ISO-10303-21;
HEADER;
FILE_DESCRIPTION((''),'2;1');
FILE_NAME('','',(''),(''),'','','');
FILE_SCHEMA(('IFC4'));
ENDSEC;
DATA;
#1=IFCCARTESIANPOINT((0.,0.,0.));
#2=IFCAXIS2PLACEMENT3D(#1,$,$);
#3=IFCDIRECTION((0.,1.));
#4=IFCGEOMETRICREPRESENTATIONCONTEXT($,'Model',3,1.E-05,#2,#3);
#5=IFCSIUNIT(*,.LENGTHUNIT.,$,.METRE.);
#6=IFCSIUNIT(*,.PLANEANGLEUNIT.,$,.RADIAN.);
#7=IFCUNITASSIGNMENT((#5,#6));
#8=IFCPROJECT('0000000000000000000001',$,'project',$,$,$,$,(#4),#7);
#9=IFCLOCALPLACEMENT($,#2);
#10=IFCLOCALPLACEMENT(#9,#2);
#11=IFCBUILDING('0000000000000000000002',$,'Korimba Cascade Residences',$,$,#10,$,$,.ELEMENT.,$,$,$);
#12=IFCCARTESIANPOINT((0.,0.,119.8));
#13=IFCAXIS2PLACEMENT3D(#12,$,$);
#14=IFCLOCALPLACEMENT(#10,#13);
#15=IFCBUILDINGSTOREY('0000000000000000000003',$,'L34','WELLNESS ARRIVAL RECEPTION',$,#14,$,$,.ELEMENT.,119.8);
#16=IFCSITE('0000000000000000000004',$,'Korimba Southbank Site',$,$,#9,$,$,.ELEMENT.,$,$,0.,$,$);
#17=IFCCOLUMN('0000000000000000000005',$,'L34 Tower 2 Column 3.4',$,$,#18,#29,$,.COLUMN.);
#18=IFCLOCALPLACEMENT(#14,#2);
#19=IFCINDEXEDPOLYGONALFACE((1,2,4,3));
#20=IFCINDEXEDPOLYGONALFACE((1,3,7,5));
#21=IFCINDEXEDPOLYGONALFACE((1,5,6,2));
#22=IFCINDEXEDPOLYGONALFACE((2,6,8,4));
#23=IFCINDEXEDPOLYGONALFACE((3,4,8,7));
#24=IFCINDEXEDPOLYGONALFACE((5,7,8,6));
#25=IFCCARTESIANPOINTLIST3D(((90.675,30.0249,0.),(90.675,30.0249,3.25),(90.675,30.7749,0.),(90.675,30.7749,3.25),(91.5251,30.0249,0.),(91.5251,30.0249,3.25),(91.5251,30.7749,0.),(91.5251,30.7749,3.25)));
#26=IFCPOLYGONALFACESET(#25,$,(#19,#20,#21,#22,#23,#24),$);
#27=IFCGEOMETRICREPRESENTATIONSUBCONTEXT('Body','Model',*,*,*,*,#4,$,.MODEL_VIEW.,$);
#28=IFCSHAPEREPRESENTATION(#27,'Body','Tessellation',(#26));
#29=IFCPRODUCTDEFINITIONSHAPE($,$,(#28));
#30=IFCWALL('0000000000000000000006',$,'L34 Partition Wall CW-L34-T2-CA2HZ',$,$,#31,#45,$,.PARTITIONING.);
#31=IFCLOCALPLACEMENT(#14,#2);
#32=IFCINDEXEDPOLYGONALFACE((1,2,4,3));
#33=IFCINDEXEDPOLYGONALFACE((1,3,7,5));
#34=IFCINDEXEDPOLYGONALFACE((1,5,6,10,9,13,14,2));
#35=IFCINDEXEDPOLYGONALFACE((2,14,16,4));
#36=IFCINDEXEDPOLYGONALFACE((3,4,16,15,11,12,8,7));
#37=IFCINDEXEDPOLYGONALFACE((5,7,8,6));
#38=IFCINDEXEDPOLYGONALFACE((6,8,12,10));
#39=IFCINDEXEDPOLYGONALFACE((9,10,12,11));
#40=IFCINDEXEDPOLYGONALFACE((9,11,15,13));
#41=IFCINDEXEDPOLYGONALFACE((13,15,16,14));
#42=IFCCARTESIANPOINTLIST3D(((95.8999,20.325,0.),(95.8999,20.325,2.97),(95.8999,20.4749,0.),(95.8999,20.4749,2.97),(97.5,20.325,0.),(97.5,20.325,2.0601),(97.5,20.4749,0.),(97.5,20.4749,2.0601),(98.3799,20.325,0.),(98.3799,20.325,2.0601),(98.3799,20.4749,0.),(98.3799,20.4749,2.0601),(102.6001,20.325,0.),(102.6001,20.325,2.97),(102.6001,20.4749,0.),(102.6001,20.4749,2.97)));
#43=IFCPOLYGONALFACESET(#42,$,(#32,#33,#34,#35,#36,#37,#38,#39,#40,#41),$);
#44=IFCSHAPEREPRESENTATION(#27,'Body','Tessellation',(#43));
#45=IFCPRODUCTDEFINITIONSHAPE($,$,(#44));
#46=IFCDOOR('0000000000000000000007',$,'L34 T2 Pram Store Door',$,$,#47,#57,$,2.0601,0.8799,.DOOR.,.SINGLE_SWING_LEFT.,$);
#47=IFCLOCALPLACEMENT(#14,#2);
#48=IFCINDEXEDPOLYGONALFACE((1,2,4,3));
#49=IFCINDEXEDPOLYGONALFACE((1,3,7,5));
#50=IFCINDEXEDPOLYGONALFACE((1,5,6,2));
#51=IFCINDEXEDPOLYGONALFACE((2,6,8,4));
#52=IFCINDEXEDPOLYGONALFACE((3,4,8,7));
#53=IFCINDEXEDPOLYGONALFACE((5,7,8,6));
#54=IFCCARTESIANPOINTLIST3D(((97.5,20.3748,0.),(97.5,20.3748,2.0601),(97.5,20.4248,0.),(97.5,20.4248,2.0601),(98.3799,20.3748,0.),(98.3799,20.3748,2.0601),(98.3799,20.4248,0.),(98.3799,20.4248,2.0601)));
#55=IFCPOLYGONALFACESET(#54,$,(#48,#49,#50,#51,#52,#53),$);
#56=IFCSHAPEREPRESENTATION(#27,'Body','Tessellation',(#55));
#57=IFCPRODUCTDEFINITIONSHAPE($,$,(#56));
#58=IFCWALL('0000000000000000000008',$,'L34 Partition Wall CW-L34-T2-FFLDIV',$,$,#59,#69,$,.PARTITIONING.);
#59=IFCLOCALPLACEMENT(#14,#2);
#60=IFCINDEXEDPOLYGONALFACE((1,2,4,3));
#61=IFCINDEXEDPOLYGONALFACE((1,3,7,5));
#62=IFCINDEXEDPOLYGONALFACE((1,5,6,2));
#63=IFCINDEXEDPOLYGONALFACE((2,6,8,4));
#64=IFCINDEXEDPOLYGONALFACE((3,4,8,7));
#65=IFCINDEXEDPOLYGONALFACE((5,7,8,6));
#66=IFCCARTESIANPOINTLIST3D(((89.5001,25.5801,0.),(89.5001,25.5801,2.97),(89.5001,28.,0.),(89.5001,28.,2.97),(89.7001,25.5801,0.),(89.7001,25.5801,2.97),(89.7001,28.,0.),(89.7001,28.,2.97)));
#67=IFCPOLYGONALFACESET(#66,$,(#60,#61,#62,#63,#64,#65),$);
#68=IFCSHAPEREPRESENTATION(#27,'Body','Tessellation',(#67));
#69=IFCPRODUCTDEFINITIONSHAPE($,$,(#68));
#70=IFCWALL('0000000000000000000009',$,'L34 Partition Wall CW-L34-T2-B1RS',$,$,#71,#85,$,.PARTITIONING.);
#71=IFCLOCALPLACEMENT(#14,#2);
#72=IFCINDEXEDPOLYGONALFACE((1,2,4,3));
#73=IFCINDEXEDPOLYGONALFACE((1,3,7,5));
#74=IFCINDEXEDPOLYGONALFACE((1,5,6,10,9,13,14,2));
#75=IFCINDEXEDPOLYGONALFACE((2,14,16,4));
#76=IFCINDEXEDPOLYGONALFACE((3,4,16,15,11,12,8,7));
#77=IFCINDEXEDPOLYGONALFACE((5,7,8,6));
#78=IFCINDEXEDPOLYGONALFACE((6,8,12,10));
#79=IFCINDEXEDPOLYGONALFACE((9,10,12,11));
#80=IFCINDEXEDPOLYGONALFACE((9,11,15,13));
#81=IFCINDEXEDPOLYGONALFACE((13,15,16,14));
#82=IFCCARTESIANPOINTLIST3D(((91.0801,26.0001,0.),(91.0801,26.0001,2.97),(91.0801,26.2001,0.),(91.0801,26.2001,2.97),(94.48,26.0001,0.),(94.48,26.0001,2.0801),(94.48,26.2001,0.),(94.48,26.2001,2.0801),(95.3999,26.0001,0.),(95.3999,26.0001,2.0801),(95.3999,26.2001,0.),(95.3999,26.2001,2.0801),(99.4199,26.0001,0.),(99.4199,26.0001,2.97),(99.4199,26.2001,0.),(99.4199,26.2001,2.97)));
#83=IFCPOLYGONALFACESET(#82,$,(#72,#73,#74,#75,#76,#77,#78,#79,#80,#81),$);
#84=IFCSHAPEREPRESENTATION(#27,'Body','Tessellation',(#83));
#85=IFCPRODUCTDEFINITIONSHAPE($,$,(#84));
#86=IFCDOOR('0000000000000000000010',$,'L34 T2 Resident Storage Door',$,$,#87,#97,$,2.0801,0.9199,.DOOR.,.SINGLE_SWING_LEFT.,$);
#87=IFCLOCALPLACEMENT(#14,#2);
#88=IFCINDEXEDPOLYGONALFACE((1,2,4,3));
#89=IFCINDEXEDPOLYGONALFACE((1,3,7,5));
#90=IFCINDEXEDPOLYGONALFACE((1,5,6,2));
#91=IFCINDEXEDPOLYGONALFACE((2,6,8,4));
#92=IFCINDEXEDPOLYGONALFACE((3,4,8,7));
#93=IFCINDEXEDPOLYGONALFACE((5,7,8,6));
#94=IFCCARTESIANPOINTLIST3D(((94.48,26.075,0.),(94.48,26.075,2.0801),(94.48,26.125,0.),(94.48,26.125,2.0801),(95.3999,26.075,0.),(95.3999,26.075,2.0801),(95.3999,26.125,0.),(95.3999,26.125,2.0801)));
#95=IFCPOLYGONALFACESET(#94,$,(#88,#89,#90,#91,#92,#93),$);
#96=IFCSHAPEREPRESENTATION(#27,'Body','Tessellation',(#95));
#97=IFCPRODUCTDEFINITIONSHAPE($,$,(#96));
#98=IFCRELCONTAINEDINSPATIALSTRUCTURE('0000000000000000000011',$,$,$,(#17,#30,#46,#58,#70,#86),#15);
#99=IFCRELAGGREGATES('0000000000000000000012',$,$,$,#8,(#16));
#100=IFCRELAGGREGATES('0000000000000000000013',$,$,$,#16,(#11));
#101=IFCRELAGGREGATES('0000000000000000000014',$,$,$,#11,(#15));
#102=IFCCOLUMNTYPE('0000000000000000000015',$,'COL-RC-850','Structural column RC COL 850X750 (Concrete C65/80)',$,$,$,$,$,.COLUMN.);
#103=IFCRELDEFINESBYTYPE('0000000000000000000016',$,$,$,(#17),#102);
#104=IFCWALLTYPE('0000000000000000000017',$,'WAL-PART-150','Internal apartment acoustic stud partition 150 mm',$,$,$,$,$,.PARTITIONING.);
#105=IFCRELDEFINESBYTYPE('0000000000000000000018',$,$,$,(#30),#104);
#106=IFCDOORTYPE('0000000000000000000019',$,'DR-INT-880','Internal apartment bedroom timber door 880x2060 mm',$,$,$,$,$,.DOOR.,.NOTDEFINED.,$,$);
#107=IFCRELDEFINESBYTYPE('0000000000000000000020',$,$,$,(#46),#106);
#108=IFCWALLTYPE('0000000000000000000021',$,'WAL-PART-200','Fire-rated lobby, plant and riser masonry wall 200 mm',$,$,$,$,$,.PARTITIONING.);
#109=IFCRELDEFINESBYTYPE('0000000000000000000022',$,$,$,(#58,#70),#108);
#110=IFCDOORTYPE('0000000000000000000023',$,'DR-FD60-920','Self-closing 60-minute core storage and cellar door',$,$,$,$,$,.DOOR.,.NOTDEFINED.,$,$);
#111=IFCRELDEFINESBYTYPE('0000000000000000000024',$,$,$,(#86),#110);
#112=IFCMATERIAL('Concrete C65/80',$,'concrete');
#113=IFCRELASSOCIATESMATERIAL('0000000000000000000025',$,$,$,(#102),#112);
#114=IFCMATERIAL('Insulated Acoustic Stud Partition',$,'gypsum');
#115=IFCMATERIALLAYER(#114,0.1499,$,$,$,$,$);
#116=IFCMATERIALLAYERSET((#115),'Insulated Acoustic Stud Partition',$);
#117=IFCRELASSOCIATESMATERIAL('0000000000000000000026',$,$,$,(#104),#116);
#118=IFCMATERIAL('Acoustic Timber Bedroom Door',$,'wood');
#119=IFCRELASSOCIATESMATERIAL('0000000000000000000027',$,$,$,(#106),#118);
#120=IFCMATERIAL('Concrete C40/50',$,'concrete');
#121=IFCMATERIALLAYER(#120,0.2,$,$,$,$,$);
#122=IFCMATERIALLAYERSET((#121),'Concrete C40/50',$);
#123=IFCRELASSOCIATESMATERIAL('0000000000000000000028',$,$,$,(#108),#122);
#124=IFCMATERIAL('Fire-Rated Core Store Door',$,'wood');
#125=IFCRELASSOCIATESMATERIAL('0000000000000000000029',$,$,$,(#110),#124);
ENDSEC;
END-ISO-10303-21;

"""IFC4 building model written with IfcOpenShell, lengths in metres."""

from ifc_helpers import new_model, si_unit, direction, frame, frame_2d, origin, origin_2d, place, context, subcontext, project, spatial, rectangle, extrude, material, layer, layer_set, material_profile, profile_set, type_object, element, fill, save


model = new_model("IFC4")

# Units and contexts
model_context = context("Model", 3, precision=1e-05, world=origin(), true_north=direction((0.0, 1.0)))
body_context = subcontext(model_context, "Body", "Model", "MODEL_VIEW")
ifc_project = project(units=[si_unit("LENGTHUNIT", "METRE"), si_unit("PLANEANGLEUNIT", "RADIAN")], contexts=[model_context])

# Site, building, storey
site_placement = place(None, origin())
site = spatial("IfcSite", under=ifc_project, at=site_placement, Name="Korimba Southbank Site", CompositionType="ELEMENT", RefElevation=0.0)
building_placement = place(site_placement, origin())
building = spatial("IfcBuilding", under=site, at=building_placement, Name="Korimba Cascade Residences", CompositionType="ELEMENT")
storey_placement = place(building_placement, frame((0.0, 0.0, 119.8)))
storey = spatial("IfcBuildingStorey", under=building, at=storey_placement, Name="L34", Description="WELLNESS ARRIVAL RECEPTION", CompositionType="ELEMENT", Elevation=119.8)

# Column
ifc_material_1 = material(Name="Concrete C65/80", Category="concrete")
ifc_material_profile = material_profile(ifc_material_1, rectangle(XDim=0.8501, YDim=0.75, at=origin_2d()), Name="Concrete C65/80")
ifc_profile_set = profile_set([ifc_material_profile], Name="Concrete C65/80")
column_type = type_object("IfcColumnType", Name="COL-RC-850", Description="Structural column RC COL 850X750 (Concrete C65/80)", PredefinedType="COLUMN", material=ifc_profile_set)
column_placement = place(storey_placement, frame((91.1001, 30.3999, 0.0), z_axis=(0.0, 0.0, 1.0), x_axis=(1.0, 0.0, 0.0)))
element("IfcColumn", 1, at=column_placement, inside=storey, type_object=column_type, Name="L34 Tower 2 Column 3.4", PredefinedType="COLUMN", context=body_context, shape_type="SweptSolid", body=[
    extrude(rectangle(XDim=0.8501, YDim=0.75, at=origin_2d()), origin(), (0.0, 0.0, 1.0), 3.25),
])

# Wall, opening, door
ifc_material_2 = material(Name="Insulated Acoustic Stud Partition", Category="gypsum")
ifc_layer_1 = layer(ifc_material_2, 0.1499)
ifc_layer_set_1 = layer_set([ifc_layer_1], Name="Insulated Acoustic Stud Partition")
wall_type_1 = type_object("IfcWallType", Name="WAL-PART-150", Description="Internal apartment acoustic stud partition 150 mm", PredefinedType="PARTITIONING", material=ifc_layer_set_1)
wall_1_placement = place(storey_placement, frame((95.8999, 20.3999, 0.0), z_axis=(0.0, 0.0, 1.0), x_axis=(1.0, 0.0, 0.0)))
wall_1 = element("IfcWall", 2, at=wall_1_placement, inside=storey, type_object=wall_type_1, Name="L34 Partition Wall CW-L34-T2-CA2HZ", PredefinedType="PARTITIONING", context=body_context, shape_type="SweptSolid", body=[
    extrude(rectangle(XDim=6.7002, YDim=0.1499, at=frame_2d((3.3501, 0.0))), origin(), (0.0, 0.0, 1.0), 2.97),
])
opening_1_placement = place(wall_1_placement, frame((1.6001, 0.0, 0.0)))
opening_1 = element("IfcOpeningElement", 3, at=opening_1_placement, cuts=wall_1, PredefinedType="OPENING", context=body_context, shape_type="SweptSolid", body=[
    extrude(rectangle(XDim=0.8799, YDim=2.0601, at=frame_2d((0.4399, 1.03))), frame((0.0, 0.085, 0.0), z_axis=(0.0, -1.0, 0.0), x_axis=(1.0, 0.0, 0.0)), (0.0, 0.0, 1.0), 0.1699),
])
ifc_material_3 = material(Name="Acoustic Timber Bedroom Door", Category="wood")
door_type_1 = type_object("IfcDoorType", Name="DR-INT-880", Description="Internal apartment bedroom timber door 880x2060 mm", OperationType="NOTDEFINED", PredefinedType="DOOR", material=ifc_material_3)
door_1_placement = place(opening_1_placement, origin())
door_1 = element("IfcDoor", 4, at=door_1_placement, inside=storey, type_object=door_type_1, Name="L34 T2 Pram Store Door", OperationType="SINGLE_SWING_LEFT", OverallHeight=2.0601, OverallWidth=0.8799, PredefinedType="DOOR", context=body_context, shape_type="SweptSolid", body=[
    extrude(rectangle(XDim=0.8799, YDim=2.0601, at=frame_2d((0.4399, 1.03))), frame((0.0, 0.0249, 0.0), z_axis=(0.0, -1.0, 0.0), x_axis=(1.0, 0.0, 0.0)), (0.0, 0.0, 1.0), 0.05),
])
fill(opening_1, door_1)

# Wall
ifc_material_4 = material(Name="Concrete C40/50", Category="concrete")
ifc_layer_2 = layer(ifc_material_4, 0.2)
ifc_layer_set_2 = layer_set([ifc_layer_2], Name="Concrete C40/50")
wall_type_2 = type_object("IfcWallType", Name="WAL-PART-200", Description="Fire-rated lobby, plant and riser masonry wall 200 mm", PredefinedType="PARTITIONING", material=ifc_layer_set_2)
wall_2_placement = place(storey_placement, frame((89.6001, 25.5801, 0.0), z_axis=(0.0, 0.0, 1.0), x_axis=(0.0, 1.0, 0.0)))
element("IfcWall", 5, at=wall_2_placement, inside=storey, type_object=wall_type_2, Name="L34 Partition Wall CW-L34-T2-FFLDIV", PredefinedType="PARTITIONING", context=body_context, shape_type="SweptSolid", body=[
    extrude(rectangle(XDim=2.4199, YDim=0.2, at=frame_2d((1.21, 0.0))), origin(), (0.0, 0.0, 1.0), 2.97),
])

# Wall, opening, door
wall_3_placement = place(storey_placement, frame((91.0801, 26.1001, 0.0), z_axis=(0.0, 0.0, 1.0), x_axis=(1.0, 0.0, 0.0)))
wall_3 = element("IfcWall", 6, at=wall_3_placement, inside=storey, type_object=wall_type_2, Name="L34 Partition Wall CW-L34-T2-B1RS", PredefinedType="PARTITIONING", context=body_context, shape_type="SweptSolid", body=[
    extrude(rectangle(XDim=8.3398, YDim=0.2, at=frame_2d((4.1699, 0.0))), origin(), (0.0, 0.0, 1.0), 2.97),
])
opening_2_placement = place(wall_3_placement, frame((3.3999, 0.0, 0.0)))
opening_2 = element("IfcOpeningElement", 7, at=opening_2_placement, cuts=wall_3, PredefinedType="OPENING", context=body_context, shape_type="SweptSolid", body=[
    extrude(rectangle(XDim=0.9199, YDim=2.0801, at=frame_2d((0.46, 1.04))), frame((0.0, 0.1099, 0.0), z_axis=(0.0, -1.0, 0.0), x_axis=(1.0, 0.0, 0.0)), (0.0, 0.0, 1.0), 0.22),
])
ifc_material_5 = material(Name="Fire-Rated Core Store Door", Category="wood")
door_type_2 = type_object("IfcDoorType", Name="DR-FD60-920", Description="Self-closing 60-minute core storage and cellar door", OperationType="NOTDEFINED", PredefinedType="DOOR", material=ifc_material_5)
door_2_placement = place(opening_2_placement, origin())
door_2 = element("IfcDoor", 8, at=door_2_placement, inside=storey, type_object=door_type_2, Name="L34 T2 Resident Storage Door", OperationType="SINGLE_SWING_LEFT", OverallHeight=2.0801, OverallWidth=0.9199, PredefinedType="DOOR", context=body_context, shape_type="SweptSolid", body=[
    extrude(rectangle(XDim=0.9199, YDim=2.0801, at=frame_2d((0.46, 1.04))), frame((0.0, 0.0249, 0.0), z_axis=(0.0, -1.0, 0.0), x_axis=(1.0, 0.0, 0.0)), (0.0, 0.0, 1.0), 0.05),
])
fill(opening_2, door_2)

save(model, "model.ifc")
